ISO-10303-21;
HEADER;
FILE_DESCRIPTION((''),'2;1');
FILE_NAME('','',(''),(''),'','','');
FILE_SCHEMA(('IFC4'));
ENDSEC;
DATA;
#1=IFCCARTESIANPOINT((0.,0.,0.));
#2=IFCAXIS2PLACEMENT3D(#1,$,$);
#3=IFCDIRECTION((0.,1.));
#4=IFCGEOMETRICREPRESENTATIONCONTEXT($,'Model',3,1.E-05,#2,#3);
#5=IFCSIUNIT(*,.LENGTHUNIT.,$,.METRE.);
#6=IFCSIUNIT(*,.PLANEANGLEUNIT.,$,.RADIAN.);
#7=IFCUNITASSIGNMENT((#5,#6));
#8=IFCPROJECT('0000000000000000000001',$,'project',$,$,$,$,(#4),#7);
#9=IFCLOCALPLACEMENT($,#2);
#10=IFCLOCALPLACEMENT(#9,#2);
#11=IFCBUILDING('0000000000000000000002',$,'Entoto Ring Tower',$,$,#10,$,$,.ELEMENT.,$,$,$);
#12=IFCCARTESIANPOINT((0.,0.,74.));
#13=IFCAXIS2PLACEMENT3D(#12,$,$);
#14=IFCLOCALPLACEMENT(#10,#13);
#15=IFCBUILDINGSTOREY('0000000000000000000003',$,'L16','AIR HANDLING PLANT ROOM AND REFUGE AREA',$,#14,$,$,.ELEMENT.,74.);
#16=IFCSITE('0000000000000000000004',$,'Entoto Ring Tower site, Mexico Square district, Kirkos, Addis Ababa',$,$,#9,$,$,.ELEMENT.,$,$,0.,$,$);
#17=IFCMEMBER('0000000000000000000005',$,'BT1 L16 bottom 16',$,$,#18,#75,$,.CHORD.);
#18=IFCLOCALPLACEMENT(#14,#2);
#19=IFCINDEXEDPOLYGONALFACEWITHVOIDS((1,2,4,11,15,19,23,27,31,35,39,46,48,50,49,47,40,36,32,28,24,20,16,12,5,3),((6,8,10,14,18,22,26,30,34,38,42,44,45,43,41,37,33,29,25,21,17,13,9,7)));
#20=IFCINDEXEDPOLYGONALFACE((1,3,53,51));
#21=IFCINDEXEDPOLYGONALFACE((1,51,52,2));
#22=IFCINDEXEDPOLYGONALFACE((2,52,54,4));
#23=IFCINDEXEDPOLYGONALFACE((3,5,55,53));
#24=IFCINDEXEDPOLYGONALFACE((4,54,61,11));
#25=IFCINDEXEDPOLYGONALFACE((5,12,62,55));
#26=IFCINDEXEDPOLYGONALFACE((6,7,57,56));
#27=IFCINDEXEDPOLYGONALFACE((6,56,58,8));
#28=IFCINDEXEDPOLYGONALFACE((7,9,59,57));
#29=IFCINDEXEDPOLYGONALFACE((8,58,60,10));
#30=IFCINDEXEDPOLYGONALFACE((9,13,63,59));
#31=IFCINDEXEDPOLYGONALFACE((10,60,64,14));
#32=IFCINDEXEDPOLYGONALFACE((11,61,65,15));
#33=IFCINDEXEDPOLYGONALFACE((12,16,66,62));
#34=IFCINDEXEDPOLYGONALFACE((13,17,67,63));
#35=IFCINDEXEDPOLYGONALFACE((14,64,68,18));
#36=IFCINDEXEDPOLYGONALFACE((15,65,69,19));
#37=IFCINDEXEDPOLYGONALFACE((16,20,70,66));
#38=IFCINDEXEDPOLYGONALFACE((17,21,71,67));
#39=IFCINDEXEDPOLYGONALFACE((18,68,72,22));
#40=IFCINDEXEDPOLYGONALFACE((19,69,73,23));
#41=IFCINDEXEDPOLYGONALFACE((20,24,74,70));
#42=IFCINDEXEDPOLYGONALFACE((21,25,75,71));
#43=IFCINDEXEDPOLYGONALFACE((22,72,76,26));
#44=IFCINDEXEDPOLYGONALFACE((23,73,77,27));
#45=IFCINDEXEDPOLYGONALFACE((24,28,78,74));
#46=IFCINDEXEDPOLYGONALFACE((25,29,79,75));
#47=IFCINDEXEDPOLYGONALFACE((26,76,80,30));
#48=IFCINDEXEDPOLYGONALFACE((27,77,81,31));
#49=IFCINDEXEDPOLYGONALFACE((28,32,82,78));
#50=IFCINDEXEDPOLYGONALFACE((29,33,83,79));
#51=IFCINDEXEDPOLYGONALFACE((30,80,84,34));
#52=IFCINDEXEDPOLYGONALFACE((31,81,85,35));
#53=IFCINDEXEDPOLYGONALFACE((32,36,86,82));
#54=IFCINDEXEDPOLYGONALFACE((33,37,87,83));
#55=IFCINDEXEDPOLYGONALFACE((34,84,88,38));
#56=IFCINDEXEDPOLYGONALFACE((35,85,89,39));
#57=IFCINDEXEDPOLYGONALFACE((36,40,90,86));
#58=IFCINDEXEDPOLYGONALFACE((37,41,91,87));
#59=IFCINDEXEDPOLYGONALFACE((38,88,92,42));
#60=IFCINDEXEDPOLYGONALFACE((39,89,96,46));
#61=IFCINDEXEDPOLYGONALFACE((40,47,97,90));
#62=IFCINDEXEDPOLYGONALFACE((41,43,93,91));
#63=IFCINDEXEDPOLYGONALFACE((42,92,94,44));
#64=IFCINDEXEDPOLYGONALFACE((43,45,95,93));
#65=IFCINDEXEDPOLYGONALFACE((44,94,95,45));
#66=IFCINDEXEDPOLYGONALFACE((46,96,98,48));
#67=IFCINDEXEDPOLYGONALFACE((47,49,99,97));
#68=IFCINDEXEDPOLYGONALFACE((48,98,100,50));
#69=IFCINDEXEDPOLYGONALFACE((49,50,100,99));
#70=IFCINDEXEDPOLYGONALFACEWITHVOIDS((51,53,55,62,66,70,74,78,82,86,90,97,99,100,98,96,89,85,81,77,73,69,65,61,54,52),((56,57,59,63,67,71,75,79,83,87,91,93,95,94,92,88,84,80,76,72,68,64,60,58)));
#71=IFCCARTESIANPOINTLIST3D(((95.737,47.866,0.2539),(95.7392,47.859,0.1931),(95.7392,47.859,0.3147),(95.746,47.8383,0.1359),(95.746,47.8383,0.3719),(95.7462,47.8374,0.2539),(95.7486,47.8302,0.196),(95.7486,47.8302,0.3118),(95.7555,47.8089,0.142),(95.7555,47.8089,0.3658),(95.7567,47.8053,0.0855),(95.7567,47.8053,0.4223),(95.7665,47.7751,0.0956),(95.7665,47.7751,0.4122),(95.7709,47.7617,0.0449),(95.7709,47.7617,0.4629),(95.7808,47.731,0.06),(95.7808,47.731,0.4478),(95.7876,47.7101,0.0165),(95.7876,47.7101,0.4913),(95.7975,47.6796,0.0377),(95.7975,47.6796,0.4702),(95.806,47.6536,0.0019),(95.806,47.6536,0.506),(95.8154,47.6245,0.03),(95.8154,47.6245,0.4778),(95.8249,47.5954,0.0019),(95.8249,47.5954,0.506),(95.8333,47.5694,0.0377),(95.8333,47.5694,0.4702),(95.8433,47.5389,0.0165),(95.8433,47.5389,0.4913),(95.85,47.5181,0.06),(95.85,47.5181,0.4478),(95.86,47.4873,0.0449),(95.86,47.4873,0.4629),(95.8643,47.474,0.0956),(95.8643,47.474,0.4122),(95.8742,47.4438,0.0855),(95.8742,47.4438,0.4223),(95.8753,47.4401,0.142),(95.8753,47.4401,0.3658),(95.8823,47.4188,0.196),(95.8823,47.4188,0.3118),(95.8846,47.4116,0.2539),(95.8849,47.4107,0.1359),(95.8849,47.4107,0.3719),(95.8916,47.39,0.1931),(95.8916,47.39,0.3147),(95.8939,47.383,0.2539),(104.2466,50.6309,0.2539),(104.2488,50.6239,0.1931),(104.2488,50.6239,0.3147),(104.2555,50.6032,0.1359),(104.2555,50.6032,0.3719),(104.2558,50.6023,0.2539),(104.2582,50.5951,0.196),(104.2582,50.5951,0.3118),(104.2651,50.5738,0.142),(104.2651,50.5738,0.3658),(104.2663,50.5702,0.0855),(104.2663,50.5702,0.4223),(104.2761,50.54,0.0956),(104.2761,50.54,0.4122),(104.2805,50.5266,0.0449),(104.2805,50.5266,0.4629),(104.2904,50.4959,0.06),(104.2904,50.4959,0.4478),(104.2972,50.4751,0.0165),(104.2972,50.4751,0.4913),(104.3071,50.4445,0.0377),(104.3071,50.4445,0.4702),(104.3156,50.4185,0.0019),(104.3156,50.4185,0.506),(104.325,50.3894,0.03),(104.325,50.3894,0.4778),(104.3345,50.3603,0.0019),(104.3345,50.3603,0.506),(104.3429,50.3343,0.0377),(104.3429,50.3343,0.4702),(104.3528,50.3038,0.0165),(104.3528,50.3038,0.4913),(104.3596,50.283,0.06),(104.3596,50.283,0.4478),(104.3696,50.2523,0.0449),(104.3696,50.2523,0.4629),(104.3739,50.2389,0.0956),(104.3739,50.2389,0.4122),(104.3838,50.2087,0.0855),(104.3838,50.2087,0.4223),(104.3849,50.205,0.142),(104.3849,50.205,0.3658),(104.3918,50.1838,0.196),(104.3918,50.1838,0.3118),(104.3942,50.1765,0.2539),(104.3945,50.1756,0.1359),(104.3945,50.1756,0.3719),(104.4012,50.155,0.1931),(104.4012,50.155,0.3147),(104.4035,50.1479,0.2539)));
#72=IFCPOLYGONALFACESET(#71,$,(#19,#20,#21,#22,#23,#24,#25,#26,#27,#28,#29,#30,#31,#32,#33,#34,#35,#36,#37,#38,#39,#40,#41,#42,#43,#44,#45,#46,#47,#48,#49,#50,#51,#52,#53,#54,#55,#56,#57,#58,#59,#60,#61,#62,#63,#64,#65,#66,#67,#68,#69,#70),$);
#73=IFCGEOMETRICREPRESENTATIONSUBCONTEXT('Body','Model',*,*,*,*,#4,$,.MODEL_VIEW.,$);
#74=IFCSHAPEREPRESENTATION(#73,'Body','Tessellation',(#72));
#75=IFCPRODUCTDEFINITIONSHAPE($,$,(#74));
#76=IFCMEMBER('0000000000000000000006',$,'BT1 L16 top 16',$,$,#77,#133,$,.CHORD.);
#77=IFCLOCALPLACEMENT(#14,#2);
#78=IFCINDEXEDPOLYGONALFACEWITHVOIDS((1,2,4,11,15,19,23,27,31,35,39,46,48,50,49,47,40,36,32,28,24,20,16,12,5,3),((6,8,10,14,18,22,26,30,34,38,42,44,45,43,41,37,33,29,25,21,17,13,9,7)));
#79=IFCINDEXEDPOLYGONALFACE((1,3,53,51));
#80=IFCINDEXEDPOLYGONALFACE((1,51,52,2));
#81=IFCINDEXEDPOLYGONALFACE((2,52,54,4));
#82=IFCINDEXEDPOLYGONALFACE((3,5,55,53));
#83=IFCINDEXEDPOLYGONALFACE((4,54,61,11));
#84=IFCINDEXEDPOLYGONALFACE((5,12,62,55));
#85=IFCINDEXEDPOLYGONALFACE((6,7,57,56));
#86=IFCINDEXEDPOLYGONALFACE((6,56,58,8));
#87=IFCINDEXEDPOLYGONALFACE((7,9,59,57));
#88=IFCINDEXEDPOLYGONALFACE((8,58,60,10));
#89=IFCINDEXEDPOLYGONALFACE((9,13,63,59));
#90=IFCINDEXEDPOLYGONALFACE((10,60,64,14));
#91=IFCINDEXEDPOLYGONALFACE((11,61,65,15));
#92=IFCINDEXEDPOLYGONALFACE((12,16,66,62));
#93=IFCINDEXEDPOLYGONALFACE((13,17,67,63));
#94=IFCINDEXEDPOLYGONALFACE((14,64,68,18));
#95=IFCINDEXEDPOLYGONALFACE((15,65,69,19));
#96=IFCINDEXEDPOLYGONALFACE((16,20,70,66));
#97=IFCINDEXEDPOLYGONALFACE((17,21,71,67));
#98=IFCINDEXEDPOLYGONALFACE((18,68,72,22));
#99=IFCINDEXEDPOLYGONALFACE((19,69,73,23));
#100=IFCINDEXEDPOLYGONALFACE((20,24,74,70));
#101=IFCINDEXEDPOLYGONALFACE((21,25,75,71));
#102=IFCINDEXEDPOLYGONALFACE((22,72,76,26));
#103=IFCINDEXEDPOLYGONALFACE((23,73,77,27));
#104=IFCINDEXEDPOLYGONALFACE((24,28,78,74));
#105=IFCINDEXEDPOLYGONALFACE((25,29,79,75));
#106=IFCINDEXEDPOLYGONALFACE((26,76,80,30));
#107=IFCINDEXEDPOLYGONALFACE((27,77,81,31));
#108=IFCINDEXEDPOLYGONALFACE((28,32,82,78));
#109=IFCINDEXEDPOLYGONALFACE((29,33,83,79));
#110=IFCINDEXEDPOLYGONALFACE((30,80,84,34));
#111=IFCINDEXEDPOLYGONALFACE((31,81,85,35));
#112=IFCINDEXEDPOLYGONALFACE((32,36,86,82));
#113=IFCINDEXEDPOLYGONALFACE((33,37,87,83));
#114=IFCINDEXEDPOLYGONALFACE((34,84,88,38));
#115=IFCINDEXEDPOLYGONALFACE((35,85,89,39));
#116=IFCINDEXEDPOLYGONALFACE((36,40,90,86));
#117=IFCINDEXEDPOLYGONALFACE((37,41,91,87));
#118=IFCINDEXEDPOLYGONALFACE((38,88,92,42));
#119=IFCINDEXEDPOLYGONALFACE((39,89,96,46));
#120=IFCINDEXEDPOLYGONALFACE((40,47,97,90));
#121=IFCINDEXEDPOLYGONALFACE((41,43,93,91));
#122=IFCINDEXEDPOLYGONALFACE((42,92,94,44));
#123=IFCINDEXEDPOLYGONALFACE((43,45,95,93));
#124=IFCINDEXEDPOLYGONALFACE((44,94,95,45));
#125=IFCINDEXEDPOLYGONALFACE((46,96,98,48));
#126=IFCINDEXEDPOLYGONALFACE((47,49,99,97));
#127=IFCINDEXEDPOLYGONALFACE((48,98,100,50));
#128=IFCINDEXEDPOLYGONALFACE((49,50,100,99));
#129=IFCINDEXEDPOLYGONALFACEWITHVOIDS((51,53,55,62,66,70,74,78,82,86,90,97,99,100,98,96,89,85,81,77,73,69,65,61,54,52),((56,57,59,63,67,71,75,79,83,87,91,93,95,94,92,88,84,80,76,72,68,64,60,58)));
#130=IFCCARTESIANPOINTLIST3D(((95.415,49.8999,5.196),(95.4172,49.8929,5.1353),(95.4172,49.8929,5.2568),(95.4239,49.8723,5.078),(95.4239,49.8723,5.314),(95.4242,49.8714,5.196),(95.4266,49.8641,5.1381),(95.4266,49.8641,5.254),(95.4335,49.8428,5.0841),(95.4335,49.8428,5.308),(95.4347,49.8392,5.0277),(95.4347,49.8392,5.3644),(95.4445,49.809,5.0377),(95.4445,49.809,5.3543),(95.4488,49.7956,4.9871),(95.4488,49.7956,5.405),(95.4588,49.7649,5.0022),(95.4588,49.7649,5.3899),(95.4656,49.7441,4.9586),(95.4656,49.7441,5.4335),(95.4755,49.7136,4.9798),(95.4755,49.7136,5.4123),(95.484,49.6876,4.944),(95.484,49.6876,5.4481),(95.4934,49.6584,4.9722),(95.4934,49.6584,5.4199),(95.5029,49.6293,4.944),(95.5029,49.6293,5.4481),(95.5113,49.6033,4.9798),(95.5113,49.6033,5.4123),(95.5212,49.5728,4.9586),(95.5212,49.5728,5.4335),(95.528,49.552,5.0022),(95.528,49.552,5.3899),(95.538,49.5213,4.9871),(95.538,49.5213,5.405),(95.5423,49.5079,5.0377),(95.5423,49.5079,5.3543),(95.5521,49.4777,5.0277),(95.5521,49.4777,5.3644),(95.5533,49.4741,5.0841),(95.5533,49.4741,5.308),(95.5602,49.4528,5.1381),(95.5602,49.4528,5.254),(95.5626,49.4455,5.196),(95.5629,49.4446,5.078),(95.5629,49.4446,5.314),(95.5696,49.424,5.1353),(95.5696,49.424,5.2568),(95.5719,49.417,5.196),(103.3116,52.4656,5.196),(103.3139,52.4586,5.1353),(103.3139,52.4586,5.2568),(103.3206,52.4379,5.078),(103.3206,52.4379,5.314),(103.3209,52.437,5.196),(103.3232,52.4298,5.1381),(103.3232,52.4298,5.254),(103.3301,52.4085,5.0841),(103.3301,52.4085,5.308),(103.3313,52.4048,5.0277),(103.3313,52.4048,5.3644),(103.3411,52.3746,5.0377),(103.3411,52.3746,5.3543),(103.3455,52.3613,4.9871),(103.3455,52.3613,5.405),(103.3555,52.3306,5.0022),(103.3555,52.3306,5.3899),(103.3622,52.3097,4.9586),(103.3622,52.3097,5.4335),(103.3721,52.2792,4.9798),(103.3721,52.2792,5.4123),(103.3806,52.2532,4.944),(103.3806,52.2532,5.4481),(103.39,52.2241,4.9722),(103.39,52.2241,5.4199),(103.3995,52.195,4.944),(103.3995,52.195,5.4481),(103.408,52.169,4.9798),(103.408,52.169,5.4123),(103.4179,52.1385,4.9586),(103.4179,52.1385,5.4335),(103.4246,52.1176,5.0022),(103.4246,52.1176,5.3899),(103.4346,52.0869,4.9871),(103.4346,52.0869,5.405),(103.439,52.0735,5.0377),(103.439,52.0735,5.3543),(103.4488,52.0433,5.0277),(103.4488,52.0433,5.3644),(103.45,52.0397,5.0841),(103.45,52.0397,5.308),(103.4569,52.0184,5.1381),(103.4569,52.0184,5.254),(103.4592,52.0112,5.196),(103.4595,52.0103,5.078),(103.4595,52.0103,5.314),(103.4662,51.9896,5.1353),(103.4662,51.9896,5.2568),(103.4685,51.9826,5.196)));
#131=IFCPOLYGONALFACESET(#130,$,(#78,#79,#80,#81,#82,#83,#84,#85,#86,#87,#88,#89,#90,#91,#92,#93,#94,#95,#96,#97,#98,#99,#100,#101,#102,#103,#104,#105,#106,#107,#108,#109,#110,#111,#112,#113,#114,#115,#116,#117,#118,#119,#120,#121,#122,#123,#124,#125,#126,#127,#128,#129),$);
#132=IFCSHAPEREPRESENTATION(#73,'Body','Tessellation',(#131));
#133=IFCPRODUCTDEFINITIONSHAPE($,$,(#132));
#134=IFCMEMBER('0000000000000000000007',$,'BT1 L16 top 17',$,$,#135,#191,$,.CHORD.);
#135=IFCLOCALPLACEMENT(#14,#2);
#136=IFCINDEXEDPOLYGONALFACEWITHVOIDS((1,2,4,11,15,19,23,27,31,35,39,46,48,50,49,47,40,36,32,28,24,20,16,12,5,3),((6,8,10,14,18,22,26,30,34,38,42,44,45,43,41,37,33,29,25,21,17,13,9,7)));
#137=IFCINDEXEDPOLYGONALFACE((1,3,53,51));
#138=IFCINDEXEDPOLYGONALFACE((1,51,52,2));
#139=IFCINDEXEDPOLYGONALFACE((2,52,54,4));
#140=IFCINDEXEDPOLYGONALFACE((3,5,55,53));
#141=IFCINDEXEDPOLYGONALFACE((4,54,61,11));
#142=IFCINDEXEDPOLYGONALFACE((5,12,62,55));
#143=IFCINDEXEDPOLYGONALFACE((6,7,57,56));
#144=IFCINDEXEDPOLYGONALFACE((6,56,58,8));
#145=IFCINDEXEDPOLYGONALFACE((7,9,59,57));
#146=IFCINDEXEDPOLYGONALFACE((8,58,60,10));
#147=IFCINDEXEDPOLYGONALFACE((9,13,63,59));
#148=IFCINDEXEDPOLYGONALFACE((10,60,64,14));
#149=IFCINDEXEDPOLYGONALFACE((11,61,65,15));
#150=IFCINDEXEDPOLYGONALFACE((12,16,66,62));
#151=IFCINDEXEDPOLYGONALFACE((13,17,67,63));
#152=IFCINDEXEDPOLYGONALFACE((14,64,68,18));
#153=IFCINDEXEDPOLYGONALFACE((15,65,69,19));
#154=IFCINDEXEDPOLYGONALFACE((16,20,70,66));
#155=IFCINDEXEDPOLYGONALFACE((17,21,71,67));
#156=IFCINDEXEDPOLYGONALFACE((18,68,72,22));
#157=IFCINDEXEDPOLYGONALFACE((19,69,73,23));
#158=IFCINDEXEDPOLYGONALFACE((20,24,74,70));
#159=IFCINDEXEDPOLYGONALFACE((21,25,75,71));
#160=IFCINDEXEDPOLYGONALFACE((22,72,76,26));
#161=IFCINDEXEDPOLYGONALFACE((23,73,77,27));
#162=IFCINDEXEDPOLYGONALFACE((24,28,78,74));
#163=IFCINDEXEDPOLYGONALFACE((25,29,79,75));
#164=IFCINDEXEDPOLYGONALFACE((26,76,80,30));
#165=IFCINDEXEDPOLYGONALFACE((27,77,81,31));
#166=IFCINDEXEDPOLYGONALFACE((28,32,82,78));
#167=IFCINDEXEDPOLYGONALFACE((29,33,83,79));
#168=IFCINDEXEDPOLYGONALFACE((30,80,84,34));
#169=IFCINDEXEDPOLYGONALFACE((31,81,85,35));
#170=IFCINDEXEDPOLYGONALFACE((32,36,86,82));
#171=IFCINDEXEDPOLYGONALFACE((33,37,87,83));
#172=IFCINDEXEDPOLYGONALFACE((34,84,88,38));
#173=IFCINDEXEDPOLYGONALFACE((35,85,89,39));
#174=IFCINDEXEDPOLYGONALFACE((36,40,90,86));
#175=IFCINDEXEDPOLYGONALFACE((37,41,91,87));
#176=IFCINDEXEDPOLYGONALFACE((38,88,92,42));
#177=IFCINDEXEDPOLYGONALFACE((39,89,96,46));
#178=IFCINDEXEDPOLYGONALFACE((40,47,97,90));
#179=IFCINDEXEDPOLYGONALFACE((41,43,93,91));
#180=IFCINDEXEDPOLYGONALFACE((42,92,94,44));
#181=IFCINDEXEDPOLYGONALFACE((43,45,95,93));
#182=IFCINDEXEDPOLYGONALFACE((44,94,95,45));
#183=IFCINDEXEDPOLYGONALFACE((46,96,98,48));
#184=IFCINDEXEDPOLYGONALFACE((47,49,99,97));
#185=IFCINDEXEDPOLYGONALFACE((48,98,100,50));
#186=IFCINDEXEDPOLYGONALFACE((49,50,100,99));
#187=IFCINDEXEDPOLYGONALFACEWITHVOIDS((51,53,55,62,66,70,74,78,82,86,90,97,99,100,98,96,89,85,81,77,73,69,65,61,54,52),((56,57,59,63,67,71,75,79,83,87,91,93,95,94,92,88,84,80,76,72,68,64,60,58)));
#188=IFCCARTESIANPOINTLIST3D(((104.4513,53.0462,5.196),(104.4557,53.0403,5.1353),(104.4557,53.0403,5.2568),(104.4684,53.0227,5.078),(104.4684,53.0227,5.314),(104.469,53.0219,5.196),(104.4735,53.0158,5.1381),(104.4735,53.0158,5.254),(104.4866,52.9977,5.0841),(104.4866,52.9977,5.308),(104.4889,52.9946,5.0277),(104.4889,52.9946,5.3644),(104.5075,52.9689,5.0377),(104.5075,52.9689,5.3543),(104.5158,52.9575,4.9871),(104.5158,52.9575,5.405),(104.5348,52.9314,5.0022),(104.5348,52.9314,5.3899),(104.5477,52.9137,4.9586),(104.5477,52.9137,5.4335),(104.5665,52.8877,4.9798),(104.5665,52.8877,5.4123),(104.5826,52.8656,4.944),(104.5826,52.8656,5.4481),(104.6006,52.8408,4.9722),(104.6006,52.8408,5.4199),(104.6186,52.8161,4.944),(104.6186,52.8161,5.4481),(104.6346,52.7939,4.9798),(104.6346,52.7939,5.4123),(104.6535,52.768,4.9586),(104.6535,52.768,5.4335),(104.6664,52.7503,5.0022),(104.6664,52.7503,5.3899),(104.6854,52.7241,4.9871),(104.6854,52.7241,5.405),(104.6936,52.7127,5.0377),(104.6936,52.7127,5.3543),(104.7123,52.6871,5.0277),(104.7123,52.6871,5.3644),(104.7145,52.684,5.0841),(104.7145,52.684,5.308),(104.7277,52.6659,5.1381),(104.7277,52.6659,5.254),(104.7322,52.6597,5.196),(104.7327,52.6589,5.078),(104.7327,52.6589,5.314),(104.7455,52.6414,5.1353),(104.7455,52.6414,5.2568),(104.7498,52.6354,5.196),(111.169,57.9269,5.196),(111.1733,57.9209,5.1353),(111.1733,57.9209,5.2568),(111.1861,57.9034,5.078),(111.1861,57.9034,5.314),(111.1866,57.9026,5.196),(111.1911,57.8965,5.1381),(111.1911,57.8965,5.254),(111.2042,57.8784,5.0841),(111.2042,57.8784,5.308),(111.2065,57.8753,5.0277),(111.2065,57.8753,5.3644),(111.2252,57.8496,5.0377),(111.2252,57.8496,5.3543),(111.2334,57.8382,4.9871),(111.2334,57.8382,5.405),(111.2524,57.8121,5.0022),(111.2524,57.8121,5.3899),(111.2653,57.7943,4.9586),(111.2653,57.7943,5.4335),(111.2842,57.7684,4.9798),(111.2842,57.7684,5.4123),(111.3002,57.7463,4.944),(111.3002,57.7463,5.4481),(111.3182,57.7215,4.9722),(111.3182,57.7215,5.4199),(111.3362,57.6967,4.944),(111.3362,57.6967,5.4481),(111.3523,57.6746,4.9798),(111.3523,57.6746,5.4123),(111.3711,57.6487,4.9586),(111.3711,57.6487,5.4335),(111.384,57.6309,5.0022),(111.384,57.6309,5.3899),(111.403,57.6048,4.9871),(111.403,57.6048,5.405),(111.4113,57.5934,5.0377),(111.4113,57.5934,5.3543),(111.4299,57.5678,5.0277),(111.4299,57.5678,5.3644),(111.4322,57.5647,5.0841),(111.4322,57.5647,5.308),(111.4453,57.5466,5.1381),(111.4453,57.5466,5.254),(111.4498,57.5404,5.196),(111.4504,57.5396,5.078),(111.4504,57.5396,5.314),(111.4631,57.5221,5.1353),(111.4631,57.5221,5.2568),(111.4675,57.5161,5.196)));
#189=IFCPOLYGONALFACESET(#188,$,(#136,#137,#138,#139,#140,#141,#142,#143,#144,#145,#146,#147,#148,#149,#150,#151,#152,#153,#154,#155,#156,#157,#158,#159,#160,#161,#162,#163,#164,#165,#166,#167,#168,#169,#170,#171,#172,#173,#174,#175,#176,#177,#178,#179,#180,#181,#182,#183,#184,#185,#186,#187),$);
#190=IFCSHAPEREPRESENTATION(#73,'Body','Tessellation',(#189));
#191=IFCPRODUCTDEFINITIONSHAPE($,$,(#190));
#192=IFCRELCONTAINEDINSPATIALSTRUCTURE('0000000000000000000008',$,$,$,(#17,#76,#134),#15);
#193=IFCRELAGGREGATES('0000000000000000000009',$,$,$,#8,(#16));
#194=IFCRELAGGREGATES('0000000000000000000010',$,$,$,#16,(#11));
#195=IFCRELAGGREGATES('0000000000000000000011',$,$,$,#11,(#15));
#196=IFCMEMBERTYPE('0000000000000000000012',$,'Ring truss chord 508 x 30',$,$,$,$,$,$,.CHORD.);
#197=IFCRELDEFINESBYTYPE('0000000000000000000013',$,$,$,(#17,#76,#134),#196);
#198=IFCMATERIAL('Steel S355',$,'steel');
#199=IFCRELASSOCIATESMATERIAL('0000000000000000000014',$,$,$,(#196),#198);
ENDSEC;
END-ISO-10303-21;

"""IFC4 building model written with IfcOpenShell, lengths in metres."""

from ifc_helpers import new_model, si_unit, direction, frame, origin, origin_2d, place, context, subcontext, project, spatial, circle, hollow_circle, extrude, material, material_profile, profile_set, type_object, element, save


model = new_model("IFC4")

# Units and contexts
model_context = context("Model", 3, precision=1e-05, world=origin(), true_north=direction((0.0, 1.0)))
body_context = subcontext(model_context, "Body", "Model", "MODEL_VIEW")
ifc_project = project(units=[si_unit("LENGTHUNIT", "METRE"), si_unit("PLANEANGLEUNIT", "RADIAN")], contexts=[model_context])

# Site, building, storey
site_placement = place(None, origin())
site = spatial("IfcSite", under=ifc_project, at=site_placement, Name="Entoto Ring Tower site, Mexico Square district, Kirkos, Addis Ababa", CompositionType="ELEMENT", RefElevation=0.0)
building_placement = place(site_placement, origin())
building = spatial("IfcBuilding", under=site, at=building_placement, Name="Entoto Ring Tower", CompositionType="ELEMENT")
storey_placement = place(building_placement, frame((0.0, 0.0, 74.0)))
storey = spatial("IfcBuildingStorey", under=building, at=storey_placement, Name="L16", Description="AIR HANDLING PLANT ROOM AND REFUGE AREA", CompositionType="ELEMENT", Elevation=74.0)

# Members
ifc_material_1 = material(Name="Steel S355", Category="steel")
ifc_material_profile_1 = material_profile(ifc_material_1, hollow_circle(Radius=0.2539, WallThickness=0.03, at=origin_2d()), Name="CHS 508 x 30")
ifc_material_2 = material(Name="Concrete C60/75", Category="concrete")
ifc_material_profile_2 = material_profile(ifc_material_2, circle(Radius=0.2241, at=origin_2d()), Name="Concrete C60/75 infill")
ifc_profile_set_1 = profile_set([ifc_material_profile_1, ifc_material_profile_2], Name="Steel S355")
member_type_1 = type_object("IfcMemberType", Name="Ring truss chord 508 x 30", PredefinedType="CHORD", material=ifc_profile_set_1)
member_1_placement = place(storey_placement, frame((95.8154, 47.6245, 0.2539), z_axis=(0.951057, 0.309015, 0.0), x_axis=(-0.309015, 0.951057, 0.0)))
element("IfcMember", 1, at=member_1_placement, inside=storey, type_object=member_type_1, Name="BT1 L16 bottom 16", PredefinedType="CHORD", context=body_context, shape_type="SweptSolid", body=[
    extrude(hollow_circle(Radius=0.2539, WallThickness=0.03, at=origin_2d()), origin(), (0.0, 0.0, 1.0), 8.9475),
])
member_2_placement = place(storey_placement, frame((95.4934, 49.6584, 5.196), z_axis=(0.951061, 0.309003, 0.0), x_axis=(-0.309003, 0.951061, 0.0)))
element("IfcMember", 2, at=member_2_placement, inside=storey, type_object=member_type_1, Name="BT1 L16 top 16", PredefinedType="CHORD", context=body_context, shape_type="SweptSolid", body=[
    extrude(hollow_circle(Radius=0.2539, WallThickness=0.03, at=origin_2d()), origin(), (0.0, 0.0, 1.0), 8.303),
])
member_3_placement = place(storey_placement, frame((104.6006, 52.8408, 5.196), z_axis=(0.809014, 0.587789, 0.0), x_axis=(-0.587789, 0.809014, 0.0)))
element("IfcMember", 3, at=member_3_placement, inside=storey, type_object=member_type_1, Name="BT1 L16 top 17", PredefinedType="CHORD", context=body_context, shape_type="SweptSolid", body=[
    extrude(hollow_circle(Radius=0.2539, WallThickness=0.03, at=origin_2d()), origin(), (0.0, 0.0, 1.0), 8.3035),
])

save(model, "model.ifc")
